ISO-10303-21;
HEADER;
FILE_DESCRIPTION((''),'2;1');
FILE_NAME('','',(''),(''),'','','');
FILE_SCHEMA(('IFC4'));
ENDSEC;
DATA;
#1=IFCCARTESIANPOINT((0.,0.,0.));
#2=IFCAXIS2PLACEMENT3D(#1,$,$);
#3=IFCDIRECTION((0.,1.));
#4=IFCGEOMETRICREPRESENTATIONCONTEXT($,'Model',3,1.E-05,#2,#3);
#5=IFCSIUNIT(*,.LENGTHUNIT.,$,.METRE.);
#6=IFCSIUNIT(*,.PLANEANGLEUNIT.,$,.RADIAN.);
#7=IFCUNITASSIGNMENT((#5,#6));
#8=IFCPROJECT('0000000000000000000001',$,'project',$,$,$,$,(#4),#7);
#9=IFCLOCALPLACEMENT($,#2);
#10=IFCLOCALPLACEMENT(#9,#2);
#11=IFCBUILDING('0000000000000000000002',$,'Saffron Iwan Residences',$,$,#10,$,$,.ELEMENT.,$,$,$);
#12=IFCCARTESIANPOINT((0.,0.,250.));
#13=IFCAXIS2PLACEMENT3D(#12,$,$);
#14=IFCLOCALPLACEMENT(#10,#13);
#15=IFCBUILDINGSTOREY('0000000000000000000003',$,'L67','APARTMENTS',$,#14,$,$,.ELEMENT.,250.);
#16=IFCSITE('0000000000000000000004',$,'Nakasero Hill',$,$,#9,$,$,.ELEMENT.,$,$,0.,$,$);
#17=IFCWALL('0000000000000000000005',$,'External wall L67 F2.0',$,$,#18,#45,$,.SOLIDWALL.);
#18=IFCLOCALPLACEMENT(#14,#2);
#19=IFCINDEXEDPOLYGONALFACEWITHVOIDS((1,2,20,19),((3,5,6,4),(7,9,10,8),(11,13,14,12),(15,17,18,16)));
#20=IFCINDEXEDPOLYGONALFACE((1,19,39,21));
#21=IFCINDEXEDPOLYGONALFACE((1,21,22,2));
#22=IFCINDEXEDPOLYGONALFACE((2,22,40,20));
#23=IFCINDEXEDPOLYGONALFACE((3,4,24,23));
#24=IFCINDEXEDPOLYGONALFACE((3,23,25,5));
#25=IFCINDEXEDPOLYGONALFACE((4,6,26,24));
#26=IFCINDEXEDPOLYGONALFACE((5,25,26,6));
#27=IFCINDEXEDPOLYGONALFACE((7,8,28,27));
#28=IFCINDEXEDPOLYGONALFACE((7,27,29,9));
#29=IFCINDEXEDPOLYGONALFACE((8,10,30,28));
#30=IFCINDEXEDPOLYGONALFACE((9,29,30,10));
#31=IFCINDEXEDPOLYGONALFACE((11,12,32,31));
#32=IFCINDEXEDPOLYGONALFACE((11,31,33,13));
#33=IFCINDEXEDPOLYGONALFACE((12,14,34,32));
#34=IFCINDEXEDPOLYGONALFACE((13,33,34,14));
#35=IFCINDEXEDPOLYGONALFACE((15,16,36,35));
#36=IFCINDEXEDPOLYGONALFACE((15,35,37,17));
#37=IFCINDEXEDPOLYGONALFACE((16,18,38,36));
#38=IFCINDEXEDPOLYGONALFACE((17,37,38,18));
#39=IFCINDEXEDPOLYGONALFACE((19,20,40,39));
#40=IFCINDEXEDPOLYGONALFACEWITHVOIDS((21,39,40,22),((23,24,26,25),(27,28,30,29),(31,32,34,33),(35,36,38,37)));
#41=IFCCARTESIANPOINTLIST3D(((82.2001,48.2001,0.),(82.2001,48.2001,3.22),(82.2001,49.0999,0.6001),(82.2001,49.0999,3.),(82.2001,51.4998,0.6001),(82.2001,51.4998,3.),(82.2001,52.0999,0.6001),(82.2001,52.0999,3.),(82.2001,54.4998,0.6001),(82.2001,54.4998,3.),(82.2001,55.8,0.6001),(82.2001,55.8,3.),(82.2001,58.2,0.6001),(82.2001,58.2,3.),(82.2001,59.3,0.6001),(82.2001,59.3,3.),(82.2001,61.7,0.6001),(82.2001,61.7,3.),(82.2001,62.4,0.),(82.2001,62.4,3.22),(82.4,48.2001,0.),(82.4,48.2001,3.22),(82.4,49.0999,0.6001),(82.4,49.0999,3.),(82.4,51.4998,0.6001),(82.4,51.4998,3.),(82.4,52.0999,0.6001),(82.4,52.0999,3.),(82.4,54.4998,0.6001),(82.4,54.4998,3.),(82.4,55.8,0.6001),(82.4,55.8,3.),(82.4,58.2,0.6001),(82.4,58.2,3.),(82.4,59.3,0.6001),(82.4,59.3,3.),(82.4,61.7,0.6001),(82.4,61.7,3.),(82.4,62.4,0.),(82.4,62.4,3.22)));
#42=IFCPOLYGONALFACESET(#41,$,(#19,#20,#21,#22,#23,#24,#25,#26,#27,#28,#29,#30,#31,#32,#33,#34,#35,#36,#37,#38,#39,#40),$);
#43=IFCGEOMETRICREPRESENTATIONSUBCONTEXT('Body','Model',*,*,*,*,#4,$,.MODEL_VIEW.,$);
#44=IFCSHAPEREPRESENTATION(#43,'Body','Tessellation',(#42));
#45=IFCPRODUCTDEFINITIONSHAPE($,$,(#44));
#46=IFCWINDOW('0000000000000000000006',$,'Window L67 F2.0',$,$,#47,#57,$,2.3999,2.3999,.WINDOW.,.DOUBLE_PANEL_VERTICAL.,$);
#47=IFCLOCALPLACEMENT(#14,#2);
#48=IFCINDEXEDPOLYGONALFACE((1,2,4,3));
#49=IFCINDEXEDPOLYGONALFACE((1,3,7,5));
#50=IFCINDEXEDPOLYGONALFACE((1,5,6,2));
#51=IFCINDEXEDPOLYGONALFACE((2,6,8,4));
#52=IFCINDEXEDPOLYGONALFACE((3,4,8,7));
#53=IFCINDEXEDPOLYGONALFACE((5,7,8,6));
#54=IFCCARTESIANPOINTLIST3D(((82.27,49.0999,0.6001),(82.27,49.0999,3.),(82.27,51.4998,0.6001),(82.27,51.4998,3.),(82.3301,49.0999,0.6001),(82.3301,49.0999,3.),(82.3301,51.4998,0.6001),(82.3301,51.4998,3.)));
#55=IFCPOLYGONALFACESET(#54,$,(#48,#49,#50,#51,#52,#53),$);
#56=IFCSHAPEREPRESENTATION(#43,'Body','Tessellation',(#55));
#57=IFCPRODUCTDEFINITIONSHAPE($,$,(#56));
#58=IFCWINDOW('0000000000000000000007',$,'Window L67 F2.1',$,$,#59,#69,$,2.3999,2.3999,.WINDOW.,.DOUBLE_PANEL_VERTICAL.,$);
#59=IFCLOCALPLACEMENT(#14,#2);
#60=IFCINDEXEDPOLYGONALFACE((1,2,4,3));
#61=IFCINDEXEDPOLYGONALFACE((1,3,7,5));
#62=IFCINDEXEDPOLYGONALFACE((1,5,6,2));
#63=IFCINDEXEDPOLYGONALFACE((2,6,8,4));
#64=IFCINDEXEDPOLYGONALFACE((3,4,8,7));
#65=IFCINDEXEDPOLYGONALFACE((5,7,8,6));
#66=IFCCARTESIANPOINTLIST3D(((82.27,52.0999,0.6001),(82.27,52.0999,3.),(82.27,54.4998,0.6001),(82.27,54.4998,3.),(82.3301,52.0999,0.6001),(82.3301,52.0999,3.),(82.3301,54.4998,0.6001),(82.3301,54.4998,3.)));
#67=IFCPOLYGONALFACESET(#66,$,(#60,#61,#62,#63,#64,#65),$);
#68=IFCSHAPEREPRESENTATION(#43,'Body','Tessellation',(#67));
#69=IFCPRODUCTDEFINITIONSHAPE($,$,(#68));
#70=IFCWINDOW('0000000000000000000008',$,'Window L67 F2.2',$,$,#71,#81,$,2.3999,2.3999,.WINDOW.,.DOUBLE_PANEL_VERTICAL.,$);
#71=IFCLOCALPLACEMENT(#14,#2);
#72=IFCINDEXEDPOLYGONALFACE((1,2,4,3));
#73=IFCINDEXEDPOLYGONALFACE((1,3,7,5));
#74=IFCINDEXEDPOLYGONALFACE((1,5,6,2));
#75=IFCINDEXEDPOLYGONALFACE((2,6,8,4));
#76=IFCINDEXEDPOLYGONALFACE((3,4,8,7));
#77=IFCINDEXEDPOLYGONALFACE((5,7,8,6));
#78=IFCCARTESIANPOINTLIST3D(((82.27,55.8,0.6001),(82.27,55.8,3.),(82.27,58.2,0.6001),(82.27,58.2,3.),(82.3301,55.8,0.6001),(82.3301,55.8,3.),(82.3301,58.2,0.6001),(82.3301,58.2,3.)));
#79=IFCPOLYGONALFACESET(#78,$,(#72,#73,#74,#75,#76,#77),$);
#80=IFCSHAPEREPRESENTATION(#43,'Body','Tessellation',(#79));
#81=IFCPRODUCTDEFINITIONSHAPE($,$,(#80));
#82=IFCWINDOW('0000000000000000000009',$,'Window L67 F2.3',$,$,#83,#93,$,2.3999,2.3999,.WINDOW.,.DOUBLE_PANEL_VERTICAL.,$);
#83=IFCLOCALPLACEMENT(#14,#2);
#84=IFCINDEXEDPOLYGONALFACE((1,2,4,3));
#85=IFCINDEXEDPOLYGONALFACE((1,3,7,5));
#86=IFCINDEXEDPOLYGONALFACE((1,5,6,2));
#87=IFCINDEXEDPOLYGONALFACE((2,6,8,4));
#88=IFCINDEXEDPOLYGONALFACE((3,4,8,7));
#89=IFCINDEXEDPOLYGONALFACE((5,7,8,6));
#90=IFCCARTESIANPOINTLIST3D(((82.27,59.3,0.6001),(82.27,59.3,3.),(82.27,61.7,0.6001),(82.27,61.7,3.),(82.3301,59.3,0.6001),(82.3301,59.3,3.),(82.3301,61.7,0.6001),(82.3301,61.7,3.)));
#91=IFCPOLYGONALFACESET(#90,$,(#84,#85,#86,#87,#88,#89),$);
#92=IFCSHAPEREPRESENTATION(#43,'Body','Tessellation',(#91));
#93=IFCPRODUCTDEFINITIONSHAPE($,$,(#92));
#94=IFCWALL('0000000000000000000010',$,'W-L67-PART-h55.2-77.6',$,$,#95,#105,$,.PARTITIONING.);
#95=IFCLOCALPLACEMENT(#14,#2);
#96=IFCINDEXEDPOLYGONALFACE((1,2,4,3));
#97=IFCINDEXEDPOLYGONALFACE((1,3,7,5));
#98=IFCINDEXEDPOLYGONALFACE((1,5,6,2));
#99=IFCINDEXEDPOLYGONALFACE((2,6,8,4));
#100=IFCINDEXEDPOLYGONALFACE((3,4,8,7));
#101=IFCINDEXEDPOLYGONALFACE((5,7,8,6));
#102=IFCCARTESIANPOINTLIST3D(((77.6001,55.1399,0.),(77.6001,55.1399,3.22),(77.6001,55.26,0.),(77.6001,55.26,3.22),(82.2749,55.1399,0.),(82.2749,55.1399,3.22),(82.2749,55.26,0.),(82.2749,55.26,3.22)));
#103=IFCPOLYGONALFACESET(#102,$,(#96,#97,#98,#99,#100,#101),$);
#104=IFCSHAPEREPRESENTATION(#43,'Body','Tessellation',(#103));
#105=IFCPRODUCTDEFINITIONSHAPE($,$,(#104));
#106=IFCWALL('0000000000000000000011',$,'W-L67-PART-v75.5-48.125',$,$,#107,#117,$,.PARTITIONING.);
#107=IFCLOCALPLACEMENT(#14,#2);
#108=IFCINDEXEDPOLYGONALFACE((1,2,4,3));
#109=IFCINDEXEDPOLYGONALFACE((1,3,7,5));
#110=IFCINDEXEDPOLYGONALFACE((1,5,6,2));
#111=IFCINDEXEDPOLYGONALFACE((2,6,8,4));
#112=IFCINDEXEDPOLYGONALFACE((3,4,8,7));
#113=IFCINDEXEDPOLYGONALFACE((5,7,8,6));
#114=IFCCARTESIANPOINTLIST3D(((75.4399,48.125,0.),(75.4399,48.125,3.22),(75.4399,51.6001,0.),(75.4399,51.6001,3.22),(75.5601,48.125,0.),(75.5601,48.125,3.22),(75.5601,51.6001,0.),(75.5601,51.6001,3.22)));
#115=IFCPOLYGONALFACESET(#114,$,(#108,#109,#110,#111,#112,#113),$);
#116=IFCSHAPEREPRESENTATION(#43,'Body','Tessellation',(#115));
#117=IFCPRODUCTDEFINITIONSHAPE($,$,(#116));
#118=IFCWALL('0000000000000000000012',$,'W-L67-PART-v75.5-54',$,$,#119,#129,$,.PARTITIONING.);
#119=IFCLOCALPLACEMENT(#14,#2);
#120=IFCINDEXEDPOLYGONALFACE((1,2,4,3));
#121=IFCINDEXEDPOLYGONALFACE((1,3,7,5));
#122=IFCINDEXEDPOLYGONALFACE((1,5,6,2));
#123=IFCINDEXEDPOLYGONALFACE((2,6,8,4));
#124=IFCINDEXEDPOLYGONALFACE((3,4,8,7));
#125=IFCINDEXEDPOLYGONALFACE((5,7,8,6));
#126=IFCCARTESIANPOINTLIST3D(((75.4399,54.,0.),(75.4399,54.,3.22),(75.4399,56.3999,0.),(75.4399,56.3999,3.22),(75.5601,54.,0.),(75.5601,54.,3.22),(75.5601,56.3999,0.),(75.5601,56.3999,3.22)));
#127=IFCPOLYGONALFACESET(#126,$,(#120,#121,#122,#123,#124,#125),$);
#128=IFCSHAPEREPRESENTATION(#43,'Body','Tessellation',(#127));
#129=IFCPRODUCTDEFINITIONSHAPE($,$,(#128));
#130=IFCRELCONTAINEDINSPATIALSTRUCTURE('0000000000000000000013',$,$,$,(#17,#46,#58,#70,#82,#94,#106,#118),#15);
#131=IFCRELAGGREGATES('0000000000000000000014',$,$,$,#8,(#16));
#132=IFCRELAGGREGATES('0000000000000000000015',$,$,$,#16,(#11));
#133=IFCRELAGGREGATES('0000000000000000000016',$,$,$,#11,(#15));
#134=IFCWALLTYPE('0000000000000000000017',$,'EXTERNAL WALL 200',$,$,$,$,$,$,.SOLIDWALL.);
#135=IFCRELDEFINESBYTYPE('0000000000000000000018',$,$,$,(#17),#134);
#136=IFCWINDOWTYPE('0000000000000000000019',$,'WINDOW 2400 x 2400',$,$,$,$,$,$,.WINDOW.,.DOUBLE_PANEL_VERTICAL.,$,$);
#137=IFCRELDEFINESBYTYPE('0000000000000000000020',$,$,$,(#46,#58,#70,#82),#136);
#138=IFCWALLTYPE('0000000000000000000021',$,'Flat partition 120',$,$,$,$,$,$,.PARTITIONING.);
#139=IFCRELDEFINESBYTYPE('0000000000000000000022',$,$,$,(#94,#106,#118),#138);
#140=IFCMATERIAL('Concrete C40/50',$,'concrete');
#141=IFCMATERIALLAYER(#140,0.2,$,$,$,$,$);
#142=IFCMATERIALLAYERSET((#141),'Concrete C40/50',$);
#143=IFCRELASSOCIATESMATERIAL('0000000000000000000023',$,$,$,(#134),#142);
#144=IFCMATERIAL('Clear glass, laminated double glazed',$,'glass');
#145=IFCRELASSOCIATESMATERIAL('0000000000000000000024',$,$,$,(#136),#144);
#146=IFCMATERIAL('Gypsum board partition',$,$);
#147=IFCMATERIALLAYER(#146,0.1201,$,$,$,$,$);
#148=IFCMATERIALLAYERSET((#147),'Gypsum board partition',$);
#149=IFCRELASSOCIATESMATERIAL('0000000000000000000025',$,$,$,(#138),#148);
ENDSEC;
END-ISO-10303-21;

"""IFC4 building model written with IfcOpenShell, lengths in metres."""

from ifc_helpers import new_model, si_unit, direction, frame, frame_2d, origin, place, context, subcontext, project, spatial, rectangle, extrude, material, layer, layer_set, type_object, element, fill, save


model = new_model("IFC4")

# Units and contexts
model_context = context("Model", 3, precision=1e-05, world=origin(), true_north=direction((0.0, 1.0)))
body_context = subcontext(model_context, "Body", "Model", "MODEL_VIEW")
ifc_project = project(units=[si_unit("LENGTHUNIT", "METRE"), si_unit("PLANEANGLEUNIT", "RADIAN")], contexts=[model_context])

# Site, building, storey
site_placement = place(None, origin())
site = spatial("IfcSite", under=ifc_project, at=site_placement, Name="Nakasero Hill", CompositionType="ELEMENT", RefElevation=0.0)
building_placement = place(site_placement, origin())
building = spatial("IfcBuilding", under=site, at=building_placement, Name="Saffron Iwan Residences", CompositionType="ELEMENT")
storey_placement = place(building_placement, frame((0.0, 0.0, 250.0)))
storey = spatial("IfcBuildingStorey", under=building, at=storey_placement, Name="L67", Description="APARTMENTS", CompositionType="ELEMENT", Elevation=250.0)

# Shared definitions
ifc_material_1 = material(Name="Concrete C40/50", Category="concrete")

# Shared definitions
ifc_layer_1 = layer(ifc_material_1, 0.2)
ifc_layer_set_1 = layer_set([ifc_layer_1], Name="Concrete C40/50")
wall_type_1 = type_object("IfcWallType", Name="EXTERNAL WALL 200", PredefinedType="SOLIDWALL", material=ifc_layer_set_1)
ifc_material_2 = material(Name="Clear glass, laminated double glazed", Category="glass")

# Wall, openings, windows
wall_1_placement = place(storey_placement, frame((82.3, 48.2, 0.0), z_axis=(0.0, 0.0, 1.0), x_axis=(0.0, 1.0, 0.0)))
wall_1 = element("IfcWall", 1, at=wall_1_placement, inside=storey, type_object=wall_type_1, Name="External wall L67 F2.0", PredefinedType="SOLIDWALL", context=body_context, shape_type="SweptSolid", body=[
    extrude(rectangle(XDim=14.2, YDim=0.2, at=frame_2d((7.1001, 0.0))), origin(), (0.0, 0.0, 1.0), 3.22),
])
opening_1_placement = place(wall_1_placement, frame((0.8999, 0.0, 0.6001)))
opening_1 = element("IfcOpeningElement", 2, at=opening_1_placement, cuts=wall_1, PredefinedType="OPENING", context=body_context, shape_type="SweptSolid", body=[
    extrude(rectangle(XDim=2.3999, YDim=2.3999, at=frame_2d((1.2, 1.2))), frame((0.0, 0.1099, 0.0), z_axis=(0.0, -1.0, 0.0), x_axis=(1.0, 0.0, 0.0)), (0.0, 0.0, 1.0), 0.22),
])
opening_2_placement = place(wall_1_placement, frame((3.8999, 0.0, 0.6001)))
opening_2 = element("IfcOpeningElement", 3, at=opening_2_placement, cuts=wall_1, PredefinedType="OPENING", context=body_context, shape_type="SweptSolid", body=[
    extrude(rectangle(XDim=2.3999, YDim=2.3999, at=frame_2d((1.2, 1.2))), frame((0.0, 0.1099, 0.0), z_axis=(0.0, -1.0, 0.0), x_axis=(1.0, 0.0, 0.0)), (0.0, 0.0, 1.0), 0.22),
])
opening_3_placement = place(wall_1_placement, frame((7.6001, 0.0, 0.6001)))
opening_3 = element("IfcOpeningElement", 4, at=opening_3_placement, cuts=wall_1, PredefinedType="OPENING", context=body_context, shape_type="SweptSolid", body=[
    extrude(rectangle(XDim=2.3999, YDim=2.3999, at=frame_2d((1.2, 1.2))), frame((0.0, 0.1099, 0.0), z_axis=(0.0, -1.0, 0.0), x_axis=(1.0, 0.0, 0.0)), (0.0, 0.0, 1.0), 0.22),
])
opening_4_placement = place(wall_1_placement, frame((11.1001, 0.0, 0.6001)))
opening_4 = element("IfcOpeningElement", 5, at=opening_4_placement, cuts=wall_1, PredefinedType="OPENING", context=body_context, shape_type="SweptSolid", body=[
    extrude(rectangle(XDim=2.3999, YDim=2.3999, at=frame_2d((1.2, 1.2))), frame((0.0, 0.1099, 0.0), z_axis=(0.0, -1.0, 0.0), x_axis=(1.0, 0.0, 0.0)), (0.0, 0.0, 1.0), 0.22),
])
window_type_1 = type_object("IfcWindowType", Name="WINDOW 2400 x 2400", PartitioningType="DOUBLE_PANEL_VERTICAL", PredefinedType="WINDOW", material=ifc_material_2)
window_1_placement = place(opening_1_placement, origin())
window_1 = element("IfcWindow", 6, at=window_1_placement, inside=storey, type_object=window_type_1, Name="Window L67 F2.0", OverallHeight=2.3999, OverallWidth=2.3999, PartitioningType="DOUBLE_PANEL_VERTICAL", PredefinedType="WINDOW", context=body_context, shape_type="SweptSolid", body=[
    extrude(rectangle(XDim=2.3999, YDim=2.3999, at=frame_2d((1.2, 1.2))), frame((0.0, 0.03, 0.0), z_axis=(0.0, -1.0, 0.0), x_axis=(1.0, 0.0, 0.0)), (0.0, 0.0, 1.0), 0.0601),
])
fill(opening_1, window_1)
window_2_placement = place(opening_2_placement, origin())
window_2 = element("IfcWindow", 7, at=window_2_placement, inside=storey, type_object=window_type_1, Name="Window L67 F2.1", OverallHeight=2.3999, OverallWidth=2.3999, PartitioningType="DOUBLE_PANEL_VERTICAL", PredefinedType="WINDOW", context=body_context, shape_type="SweptSolid", body=[
    extrude(rectangle(XDim=2.3999, YDim=2.3999, at=frame_2d((1.2, 1.2))), frame((0.0, 0.03, 0.0), z_axis=(0.0, -1.0, 0.0), x_axis=(1.0, 0.0, 0.0)), (0.0, 0.0, 1.0), 0.0601),
])
fill(opening_2, window_2)
window_3_placement = place(opening_3_placement, origin())
window_3 = element("IfcWindow", 8, at=window_3_placement, inside=storey, type_object=window_type_1, Name="Window L67 F2.2", OverallHeight=2.3999, OverallWidth=2.3999, PartitioningType="DOUBLE_PANEL_VERTICAL", PredefinedType="WINDOW", context=body_context, shape_type="SweptSolid", body=[
    extrude(rectangle(XDim=2.3999, YDim=2.3999, at=frame_2d((1.2, 1.2))), frame((0.0, 0.03, 0.0), z_axis=(0.0, -1.0, 0.0), x_axis=(1.0, 0.0, 0.0)), (0.0, 0.0, 1.0), 0.0601),
])
fill(opening_3, window_3)
window_4_placement = place(opening_4_placement, origin())
window_4 = element("IfcWindow", 9, at=window_4_placement, inside=storey, type_object=window_type_1, Name="Window L67 F2.3", OverallHeight=2.3999, OverallWidth=2.3999, PartitioningType="DOUBLE_PANEL_VERTICAL", PredefinedType="WINDOW", context=body_context, shape_type="SweptSolid", body=[
    extrude(rectangle(XDim=2.3999, YDim=2.3999, at=frame_2d((1.2, 1.2))), frame((0.0, 0.03, 0.0), z_axis=(0.0, -1.0, 0.0), x_axis=(1.0, 0.0, 0.0)), (0.0, 0.0, 1.0), 0.0601),
])
fill(opening_4, window_4)

# Walls
ifc_material_3 = material(Name="Gypsum board partition")
ifc_layer_2 = layer(ifc_material_3, 0.1201)
ifc_layer_set_2 = layer_set([ifc_layer_2], Name="Gypsum board partition")
wall_type_2 = type_object("IfcWallType", Name="Flat partition 120", PredefinedType="PARTITIONING", material=ifc_layer_set_2)
wall_2_placement = place(storey_placement, frame((77.6001, 55.2, 0.0), z_axis=(0.0, 0.0, 1.0), x_axis=(1.0, 0.0, 0.0)))
element("IfcWall", 10, at=wall_2_placement, inside=storey, type_object=wall_type_2, Name="W-L67-PART-h55.2-77.6", PredefinedType="PARTITIONING", context=body_context, shape_type="SweptSolid", body=[
    extrude(rectangle(XDim=4.6748, YDim=0.1201, at=frame_2d((2.3374, 0.0))), origin(), (0.0, 0.0, 1.0), 3.22),
])
wall_3_placement = place(storey_placement, frame((75.5, 48.125, 0.0), z_axis=(0.0, 0.0, 1.0), x_axis=(0.0, 1.0, 0.0)))
element("IfcWall", 11, at=wall_3_placement, inside=storey, type_object=wall_type_2, Name="W-L67-PART-v75.5-48.125", PredefinedType="PARTITIONING", context=body_context, shape_type="SweptSolid", body=[
    extrude(rectangle(XDim=3.4751, YDim=0.1201, at=frame_2d((1.7375, 0.0))), origin(), (0.0, 0.0, 1.0), 3.22),
])
wall_4_placement = place(storey_placement, frame((75.5, 54.0, 0.0), z_axis=(0.0, 0.0, 1.0), x_axis=(0.0, 1.0, 0.0)))
element("IfcWall", 12, at=wall_4_placement, inside=storey, type_object=wall_type_2, Name="W-L67-PART-v75.5-54", PredefinedType="PARTITIONING", context=body_context, shape_type="SweptSolid", body=[
    extrude(rectangle(XDim=2.3999, YDim=0.1201, at=frame_2d((1.2, 0.0))), origin(), (0.0, 0.0, 1.0), 3.22),
])

save(model, "model.ifc")
